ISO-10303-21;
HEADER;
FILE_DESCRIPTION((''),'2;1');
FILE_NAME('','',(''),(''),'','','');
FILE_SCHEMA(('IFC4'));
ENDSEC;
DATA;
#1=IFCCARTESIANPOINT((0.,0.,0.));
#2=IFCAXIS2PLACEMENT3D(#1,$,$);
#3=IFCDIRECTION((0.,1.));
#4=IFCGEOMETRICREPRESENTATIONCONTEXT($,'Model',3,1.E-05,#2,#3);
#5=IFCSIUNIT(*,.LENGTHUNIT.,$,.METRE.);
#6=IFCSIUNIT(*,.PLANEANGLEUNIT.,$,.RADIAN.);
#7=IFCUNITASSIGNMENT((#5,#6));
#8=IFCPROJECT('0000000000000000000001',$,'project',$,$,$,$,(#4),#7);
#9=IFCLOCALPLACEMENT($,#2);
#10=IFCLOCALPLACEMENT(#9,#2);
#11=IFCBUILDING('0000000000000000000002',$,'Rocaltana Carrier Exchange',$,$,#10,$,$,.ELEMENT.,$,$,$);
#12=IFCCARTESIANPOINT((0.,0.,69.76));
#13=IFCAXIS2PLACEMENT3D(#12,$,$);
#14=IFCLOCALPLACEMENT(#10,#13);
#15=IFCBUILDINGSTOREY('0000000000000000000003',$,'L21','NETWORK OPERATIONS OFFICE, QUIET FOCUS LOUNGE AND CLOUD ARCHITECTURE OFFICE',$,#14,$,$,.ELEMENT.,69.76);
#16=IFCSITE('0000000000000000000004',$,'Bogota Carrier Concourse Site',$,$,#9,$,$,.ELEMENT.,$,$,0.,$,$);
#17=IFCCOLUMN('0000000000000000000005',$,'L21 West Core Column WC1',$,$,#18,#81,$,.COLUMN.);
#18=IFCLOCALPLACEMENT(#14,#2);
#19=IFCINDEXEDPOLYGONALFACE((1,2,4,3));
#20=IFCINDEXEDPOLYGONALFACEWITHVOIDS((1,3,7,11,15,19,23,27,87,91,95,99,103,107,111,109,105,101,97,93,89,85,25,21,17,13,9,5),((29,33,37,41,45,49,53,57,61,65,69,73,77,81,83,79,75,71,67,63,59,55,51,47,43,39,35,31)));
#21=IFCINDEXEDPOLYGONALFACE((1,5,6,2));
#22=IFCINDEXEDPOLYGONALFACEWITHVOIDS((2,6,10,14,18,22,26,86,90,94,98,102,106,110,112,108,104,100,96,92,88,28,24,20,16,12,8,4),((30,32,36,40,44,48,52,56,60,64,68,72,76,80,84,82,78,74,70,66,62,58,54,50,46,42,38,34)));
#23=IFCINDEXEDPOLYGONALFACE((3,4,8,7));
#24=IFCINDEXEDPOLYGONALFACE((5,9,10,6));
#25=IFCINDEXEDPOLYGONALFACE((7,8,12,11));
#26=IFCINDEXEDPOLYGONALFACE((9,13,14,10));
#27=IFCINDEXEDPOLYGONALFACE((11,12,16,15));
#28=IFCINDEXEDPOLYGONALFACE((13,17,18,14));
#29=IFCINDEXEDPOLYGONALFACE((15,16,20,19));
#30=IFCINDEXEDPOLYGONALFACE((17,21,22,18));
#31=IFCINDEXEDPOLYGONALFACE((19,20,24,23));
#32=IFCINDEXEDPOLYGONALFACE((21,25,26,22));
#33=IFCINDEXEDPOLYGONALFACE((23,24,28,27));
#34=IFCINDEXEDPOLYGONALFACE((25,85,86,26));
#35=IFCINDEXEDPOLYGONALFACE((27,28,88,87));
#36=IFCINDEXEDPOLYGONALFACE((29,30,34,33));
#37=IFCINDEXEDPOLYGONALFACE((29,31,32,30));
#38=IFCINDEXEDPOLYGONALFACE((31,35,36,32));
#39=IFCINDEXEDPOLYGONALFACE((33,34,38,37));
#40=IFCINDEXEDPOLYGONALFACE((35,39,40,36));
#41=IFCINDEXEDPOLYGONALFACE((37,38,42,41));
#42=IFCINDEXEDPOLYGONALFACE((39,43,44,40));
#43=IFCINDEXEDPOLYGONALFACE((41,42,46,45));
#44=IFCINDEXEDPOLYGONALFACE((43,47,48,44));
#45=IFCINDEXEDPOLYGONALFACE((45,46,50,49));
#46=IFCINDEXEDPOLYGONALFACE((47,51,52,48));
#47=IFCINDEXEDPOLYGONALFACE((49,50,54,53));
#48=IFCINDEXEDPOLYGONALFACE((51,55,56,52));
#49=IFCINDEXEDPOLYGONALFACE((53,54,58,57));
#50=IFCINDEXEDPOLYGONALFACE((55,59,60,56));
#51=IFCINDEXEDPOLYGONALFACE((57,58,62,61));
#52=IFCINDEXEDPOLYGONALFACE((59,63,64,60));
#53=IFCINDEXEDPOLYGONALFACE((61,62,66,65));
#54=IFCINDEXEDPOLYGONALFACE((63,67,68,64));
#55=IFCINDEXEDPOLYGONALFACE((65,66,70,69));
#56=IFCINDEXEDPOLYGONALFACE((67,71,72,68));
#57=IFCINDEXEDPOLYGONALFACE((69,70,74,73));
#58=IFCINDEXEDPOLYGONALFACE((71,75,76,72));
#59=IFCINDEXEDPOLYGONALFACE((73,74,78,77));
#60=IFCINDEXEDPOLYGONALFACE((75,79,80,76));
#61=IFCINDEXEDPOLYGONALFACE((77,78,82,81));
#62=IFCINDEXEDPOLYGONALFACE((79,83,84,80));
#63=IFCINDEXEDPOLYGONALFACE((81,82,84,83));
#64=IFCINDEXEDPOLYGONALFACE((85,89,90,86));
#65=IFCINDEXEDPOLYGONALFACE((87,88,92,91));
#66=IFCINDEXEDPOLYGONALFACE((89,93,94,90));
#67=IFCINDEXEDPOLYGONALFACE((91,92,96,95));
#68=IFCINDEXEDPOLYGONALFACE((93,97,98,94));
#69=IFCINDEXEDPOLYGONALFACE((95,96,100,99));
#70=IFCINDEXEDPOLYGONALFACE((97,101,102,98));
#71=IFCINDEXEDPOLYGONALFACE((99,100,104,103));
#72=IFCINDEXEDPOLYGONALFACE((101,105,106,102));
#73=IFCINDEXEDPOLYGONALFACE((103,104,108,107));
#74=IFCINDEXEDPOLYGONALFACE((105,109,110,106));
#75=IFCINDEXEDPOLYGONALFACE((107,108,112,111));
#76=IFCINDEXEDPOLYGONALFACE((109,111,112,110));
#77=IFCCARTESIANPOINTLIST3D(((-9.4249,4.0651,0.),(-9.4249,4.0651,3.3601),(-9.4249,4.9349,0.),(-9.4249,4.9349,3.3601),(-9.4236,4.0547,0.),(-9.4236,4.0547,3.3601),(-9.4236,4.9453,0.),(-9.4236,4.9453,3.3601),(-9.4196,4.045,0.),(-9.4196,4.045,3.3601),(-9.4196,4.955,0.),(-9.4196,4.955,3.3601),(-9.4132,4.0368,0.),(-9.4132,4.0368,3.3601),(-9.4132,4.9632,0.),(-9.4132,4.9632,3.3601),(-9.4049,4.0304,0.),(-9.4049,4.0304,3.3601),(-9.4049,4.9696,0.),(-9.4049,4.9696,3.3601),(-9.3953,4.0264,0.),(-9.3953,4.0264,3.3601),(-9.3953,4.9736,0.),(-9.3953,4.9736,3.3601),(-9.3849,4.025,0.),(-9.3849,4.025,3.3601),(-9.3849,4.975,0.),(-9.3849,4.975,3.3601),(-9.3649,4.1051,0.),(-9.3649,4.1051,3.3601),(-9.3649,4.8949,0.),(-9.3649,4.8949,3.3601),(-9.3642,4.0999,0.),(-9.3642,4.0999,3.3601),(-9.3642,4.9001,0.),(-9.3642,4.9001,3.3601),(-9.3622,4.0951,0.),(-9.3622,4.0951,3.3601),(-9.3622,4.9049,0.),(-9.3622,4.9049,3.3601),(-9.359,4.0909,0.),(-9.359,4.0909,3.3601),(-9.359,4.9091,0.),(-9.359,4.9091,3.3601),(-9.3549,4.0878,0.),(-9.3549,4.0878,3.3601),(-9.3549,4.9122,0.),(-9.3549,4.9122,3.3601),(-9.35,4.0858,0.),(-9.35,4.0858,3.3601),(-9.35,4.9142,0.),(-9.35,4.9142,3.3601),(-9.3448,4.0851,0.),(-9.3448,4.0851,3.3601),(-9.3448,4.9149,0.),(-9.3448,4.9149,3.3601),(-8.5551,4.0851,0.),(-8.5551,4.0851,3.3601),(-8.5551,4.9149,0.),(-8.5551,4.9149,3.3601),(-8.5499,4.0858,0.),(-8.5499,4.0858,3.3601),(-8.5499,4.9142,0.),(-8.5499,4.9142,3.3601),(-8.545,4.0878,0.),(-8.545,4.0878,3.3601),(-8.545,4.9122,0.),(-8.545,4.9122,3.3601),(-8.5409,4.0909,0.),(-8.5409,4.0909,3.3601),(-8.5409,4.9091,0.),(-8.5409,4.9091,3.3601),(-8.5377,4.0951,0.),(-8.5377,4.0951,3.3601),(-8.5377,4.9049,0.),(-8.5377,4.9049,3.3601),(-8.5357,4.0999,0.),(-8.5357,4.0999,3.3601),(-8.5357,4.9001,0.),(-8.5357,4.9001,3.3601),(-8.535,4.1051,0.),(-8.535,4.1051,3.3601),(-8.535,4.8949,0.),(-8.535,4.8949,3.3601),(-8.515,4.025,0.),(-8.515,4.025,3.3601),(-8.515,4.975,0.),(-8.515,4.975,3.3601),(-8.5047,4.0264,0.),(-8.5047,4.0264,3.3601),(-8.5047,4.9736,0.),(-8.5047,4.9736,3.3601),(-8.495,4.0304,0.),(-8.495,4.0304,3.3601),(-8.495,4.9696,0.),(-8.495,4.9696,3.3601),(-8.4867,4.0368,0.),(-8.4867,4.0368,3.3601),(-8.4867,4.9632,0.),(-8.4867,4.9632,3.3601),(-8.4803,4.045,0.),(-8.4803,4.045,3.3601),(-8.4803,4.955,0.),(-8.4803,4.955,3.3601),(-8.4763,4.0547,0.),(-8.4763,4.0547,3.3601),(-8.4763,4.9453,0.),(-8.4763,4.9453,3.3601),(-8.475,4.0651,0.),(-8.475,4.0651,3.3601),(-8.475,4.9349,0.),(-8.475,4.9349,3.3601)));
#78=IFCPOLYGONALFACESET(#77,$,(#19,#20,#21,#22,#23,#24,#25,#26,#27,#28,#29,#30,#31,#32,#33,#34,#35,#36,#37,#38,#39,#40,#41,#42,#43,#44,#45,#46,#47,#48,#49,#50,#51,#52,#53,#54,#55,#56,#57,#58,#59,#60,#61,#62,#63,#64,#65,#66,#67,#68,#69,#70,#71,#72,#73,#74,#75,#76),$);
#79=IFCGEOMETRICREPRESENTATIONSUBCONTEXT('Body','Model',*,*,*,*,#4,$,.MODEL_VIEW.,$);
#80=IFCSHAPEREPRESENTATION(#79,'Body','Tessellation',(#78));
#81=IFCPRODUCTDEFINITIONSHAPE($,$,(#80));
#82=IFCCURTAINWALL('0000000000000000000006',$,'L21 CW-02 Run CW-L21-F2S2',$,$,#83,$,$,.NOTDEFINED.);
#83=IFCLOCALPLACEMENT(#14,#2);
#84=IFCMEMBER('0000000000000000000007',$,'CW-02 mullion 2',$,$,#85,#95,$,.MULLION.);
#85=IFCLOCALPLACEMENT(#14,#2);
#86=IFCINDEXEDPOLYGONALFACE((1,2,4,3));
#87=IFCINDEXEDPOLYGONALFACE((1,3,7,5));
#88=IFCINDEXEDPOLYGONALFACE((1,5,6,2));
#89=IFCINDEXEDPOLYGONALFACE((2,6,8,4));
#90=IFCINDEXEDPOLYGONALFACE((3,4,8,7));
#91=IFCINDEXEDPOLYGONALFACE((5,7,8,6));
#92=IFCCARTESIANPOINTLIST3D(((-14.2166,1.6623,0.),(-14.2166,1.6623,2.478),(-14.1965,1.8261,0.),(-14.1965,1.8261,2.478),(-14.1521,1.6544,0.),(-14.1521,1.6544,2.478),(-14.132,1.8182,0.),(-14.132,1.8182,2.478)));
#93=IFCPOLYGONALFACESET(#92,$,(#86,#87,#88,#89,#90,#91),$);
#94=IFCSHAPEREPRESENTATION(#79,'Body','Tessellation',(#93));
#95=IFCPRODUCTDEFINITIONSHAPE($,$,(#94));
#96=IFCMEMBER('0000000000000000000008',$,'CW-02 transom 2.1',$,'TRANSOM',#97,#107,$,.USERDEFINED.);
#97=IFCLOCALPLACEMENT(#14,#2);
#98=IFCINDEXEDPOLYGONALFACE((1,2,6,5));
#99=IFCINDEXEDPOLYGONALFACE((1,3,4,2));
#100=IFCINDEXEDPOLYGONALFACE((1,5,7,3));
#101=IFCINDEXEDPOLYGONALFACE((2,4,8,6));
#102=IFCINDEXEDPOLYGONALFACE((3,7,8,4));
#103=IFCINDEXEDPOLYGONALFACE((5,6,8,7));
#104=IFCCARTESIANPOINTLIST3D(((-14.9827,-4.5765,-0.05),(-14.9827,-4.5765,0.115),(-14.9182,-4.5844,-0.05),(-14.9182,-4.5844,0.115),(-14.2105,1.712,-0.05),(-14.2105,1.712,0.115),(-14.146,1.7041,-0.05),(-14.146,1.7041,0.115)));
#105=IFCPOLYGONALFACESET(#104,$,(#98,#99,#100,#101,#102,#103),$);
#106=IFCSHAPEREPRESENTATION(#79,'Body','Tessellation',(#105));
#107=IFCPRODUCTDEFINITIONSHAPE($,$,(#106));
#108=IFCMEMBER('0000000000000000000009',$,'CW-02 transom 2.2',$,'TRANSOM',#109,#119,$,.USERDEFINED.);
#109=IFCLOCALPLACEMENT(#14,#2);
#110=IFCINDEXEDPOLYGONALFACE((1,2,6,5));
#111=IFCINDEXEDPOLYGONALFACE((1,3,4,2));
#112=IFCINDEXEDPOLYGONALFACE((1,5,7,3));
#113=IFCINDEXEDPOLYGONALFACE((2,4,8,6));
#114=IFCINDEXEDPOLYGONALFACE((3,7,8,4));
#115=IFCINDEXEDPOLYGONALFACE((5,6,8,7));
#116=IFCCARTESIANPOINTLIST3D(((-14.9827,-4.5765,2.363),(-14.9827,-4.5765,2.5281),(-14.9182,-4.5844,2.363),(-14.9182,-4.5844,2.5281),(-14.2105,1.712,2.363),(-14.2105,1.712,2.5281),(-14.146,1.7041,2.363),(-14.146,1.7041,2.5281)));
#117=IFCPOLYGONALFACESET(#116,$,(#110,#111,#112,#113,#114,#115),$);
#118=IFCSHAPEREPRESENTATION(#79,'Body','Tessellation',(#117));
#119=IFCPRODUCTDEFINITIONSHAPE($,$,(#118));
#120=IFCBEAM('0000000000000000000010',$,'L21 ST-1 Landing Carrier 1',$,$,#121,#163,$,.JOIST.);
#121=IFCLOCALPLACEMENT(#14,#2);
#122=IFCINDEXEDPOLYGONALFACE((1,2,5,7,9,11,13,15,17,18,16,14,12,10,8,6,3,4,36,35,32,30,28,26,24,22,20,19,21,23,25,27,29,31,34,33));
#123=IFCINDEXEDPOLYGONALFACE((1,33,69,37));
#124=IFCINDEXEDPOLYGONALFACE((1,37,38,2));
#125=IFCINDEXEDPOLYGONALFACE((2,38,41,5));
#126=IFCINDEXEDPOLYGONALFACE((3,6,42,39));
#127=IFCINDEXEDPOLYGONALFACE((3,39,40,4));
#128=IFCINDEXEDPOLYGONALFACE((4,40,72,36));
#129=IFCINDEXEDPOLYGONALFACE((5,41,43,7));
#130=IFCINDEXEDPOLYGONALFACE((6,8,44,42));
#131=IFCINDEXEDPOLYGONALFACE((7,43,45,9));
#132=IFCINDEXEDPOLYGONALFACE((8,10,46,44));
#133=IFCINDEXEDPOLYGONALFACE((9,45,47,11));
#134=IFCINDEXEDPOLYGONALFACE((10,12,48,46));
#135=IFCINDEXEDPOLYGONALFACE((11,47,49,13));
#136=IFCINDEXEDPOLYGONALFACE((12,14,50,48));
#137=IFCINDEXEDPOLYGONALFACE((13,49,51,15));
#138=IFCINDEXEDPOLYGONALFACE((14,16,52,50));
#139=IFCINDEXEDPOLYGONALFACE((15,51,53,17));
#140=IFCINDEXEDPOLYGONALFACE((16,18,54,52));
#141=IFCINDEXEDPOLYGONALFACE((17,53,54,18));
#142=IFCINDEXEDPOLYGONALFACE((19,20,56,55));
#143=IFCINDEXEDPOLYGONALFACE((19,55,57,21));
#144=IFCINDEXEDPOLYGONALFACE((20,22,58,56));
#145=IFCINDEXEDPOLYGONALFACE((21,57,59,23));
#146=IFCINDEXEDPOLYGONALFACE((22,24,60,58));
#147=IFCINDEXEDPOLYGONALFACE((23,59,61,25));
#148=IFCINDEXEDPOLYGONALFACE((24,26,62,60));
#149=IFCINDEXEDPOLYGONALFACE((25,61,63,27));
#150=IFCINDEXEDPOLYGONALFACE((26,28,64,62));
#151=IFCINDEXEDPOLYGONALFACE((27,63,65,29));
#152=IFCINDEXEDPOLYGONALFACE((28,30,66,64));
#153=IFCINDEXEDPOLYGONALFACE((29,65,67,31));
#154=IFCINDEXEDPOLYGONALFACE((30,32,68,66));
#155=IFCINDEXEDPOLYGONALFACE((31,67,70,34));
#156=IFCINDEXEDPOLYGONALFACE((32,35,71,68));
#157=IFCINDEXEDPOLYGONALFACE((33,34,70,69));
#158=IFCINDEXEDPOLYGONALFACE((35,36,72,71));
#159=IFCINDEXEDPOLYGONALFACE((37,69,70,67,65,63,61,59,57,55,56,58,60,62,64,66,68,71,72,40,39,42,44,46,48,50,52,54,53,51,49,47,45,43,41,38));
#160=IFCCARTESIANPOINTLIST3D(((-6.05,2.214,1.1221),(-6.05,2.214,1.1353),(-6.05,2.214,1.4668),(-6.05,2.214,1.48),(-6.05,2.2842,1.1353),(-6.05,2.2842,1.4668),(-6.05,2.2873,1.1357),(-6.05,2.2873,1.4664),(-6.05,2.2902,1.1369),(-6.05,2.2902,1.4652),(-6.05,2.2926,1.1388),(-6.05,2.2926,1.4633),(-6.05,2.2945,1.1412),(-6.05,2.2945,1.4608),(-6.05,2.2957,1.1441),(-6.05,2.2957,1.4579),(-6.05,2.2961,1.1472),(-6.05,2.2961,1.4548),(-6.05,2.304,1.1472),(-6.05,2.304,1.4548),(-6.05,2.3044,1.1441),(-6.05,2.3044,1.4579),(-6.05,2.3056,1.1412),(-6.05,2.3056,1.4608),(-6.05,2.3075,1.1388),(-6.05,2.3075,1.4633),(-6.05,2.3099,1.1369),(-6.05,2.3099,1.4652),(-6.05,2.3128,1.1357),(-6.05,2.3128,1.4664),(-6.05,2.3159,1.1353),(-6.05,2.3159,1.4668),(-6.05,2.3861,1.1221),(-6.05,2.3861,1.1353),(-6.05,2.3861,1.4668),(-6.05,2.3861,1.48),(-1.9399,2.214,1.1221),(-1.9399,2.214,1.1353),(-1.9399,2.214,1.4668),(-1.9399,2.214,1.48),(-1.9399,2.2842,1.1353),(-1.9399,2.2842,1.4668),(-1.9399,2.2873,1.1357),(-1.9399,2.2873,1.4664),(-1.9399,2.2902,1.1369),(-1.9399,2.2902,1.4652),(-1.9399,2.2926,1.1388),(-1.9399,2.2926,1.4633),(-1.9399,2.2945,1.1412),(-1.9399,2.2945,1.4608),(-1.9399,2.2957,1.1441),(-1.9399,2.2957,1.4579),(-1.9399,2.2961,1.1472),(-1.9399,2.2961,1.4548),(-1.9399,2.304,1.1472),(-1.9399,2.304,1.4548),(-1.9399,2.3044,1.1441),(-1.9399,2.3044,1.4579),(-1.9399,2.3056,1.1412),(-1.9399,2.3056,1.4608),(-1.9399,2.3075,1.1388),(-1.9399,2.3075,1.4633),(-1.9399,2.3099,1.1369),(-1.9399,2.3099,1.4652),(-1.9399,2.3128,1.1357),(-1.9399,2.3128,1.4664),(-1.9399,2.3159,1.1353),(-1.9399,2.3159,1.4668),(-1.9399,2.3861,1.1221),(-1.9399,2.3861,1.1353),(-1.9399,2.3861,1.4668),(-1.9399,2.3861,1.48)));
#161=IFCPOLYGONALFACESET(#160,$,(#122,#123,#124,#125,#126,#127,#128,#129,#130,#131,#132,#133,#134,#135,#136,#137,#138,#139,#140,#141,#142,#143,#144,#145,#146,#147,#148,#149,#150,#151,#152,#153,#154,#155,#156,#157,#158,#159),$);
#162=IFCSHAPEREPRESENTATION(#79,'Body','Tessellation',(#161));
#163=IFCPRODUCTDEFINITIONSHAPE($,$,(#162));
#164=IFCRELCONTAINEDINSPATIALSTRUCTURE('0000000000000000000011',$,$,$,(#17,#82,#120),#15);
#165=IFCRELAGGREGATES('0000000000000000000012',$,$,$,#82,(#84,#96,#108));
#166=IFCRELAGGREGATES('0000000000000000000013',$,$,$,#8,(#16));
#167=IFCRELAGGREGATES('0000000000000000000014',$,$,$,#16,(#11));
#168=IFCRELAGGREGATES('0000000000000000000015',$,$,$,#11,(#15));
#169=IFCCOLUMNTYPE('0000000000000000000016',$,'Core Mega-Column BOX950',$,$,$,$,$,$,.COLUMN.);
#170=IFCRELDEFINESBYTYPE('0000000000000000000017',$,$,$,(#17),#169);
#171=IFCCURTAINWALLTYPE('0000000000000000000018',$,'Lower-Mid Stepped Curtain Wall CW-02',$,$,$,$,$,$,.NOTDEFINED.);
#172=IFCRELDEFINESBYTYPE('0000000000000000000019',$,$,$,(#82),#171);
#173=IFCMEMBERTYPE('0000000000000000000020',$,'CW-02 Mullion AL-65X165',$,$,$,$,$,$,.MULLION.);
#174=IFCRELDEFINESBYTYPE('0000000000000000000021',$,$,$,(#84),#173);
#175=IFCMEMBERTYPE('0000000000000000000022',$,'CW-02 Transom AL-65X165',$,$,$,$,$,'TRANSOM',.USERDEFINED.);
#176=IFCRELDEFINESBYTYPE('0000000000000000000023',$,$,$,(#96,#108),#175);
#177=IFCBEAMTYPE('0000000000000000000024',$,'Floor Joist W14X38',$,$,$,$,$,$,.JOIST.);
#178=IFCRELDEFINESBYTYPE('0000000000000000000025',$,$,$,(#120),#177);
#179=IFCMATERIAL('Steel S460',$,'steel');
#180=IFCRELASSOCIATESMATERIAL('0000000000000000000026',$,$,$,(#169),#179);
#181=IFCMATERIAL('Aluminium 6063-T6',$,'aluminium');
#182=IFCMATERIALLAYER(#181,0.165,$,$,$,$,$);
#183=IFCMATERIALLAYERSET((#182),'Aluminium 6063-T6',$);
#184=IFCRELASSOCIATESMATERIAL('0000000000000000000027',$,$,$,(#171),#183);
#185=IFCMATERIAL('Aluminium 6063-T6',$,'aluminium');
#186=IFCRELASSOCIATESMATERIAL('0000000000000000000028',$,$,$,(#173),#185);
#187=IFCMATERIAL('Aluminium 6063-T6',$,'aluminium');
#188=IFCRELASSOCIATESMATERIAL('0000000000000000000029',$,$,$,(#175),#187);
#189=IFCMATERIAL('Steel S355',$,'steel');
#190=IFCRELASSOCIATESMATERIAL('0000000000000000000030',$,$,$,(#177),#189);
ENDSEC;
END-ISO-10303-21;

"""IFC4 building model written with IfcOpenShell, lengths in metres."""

from ifc_helpers import new_model, si_unit, direction, frame, origin, origin_2d, place, context, subcontext, project, spatial, rectangle, hollow_rectangle, i_section, extrude, material, layer, layer_set, material_profile, profile_set, type_object, element, aggregate, save


model = new_model("IFC4")

# Units and contexts
model_context = context("Model", 3, precision=1e-05, world=origin(), true_north=direction((0.0, 1.0)))
body_context = subcontext(model_context, "Body", "Model", "MODEL_VIEW")
ifc_project = project(units=[si_unit("LENGTHUNIT", "METRE"), si_unit("PLANEANGLEUNIT", "RADIAN")], contexts=[model_context])

# Site, building, storey
site_placement = place(None, origin())
site = spatial("IfcSite", under=ifc_project, at=site_placement, Name="Bogota Carrier Concourse Site", CompositionType="ELEMENT", RefElevation=0.0)
building_placement = place(site_placement, origin())
building = spatial("IfcBuilding", under=site, at=building_placement, Name="Rocaltana Carrier Exchange", CompositionType="ELEMENT")
storey_placement = place(building_placement, frame((0.0, 0.0, 69.76)))
storey = spatial("IfcBuildingStorey", under=building, at=storey_placement, Name="L21", Description="NETWORK OPERATIONS OFFICE, QUIET FOCUS LOUNGE AND CLOUD ARCHITECTURE OFFICE", CompositionType="ELEMENT", Elevation=69.76)

# Column
ifc_material_1 = material(Name="Steel S460", Category="steel")
ifc_material_profile_1 = material_profile(ifc_material_1, hollow_rectangle(XDim=0.95, YDim=0.95, WallThickness=0.0601, InnerFilletRadius=0.02, OuterFilletRadius=0.04, at=origin_2d()), Name="BOX950X950X60")
ifc_profile_set_1 = profile_set([ifc_material_profile_1], Name="Steel S460")
column_type = type_object("IfcColumnType", Name="Core Mega-Column BOX950", PredefinedType="COLUMN", material=ifc_profile_set_1)
column_placement = place(storey_placement, frame((-8.95, 4.5, 0.0), z_axis=(0.0, 0.0, 1.0), x_axis=(1.0, 0.0, 0.0)))
element("IfcColumn", 1, at=column_placement, inside=storey, type_object=column_type, Name="L21 West Core Column WC1", PredefinedType="COLUMN", context=body_context, shape_type="SweptSolid", body=[
    extrude(hollow_rectangle(XDim=0.95, YDim=0.95, WallThickness=0.0601, InnerFilletRadius=0.02, OuterFilletRadius=0.04, at=origin_2d()), origin(), (0.0, 0.0, 1.0), 3.3601),
])

# Curtain wall, members
ifc_material_2 = material(Name="Aluminium 6063-T6", Category="aluminium")
ifc_layer_1 = layer(ifc_material_2, 0.165)
ifc_layer_set_1 = layer_set([ifc_layer_1], Name="Aluminium 6063-T6")
curtain_wall_type = type_object("IfcCurtainWallType", Name="Lower-Mid Stepped Curtain Wall CW-02", PredefinedType="NOTDEFINED", material=ifc_layer_set_1)
curtain_wall_placement = place(storey_placement, origin())
curtain_wall = element("IfcCurtainWall", 2, at=curtain_wall_placement, inside=storey, type_object=curtain_wall_type, Name="L21 CW-02 Run CW-L21-F2S2", PredefinedType="NOTDEFINED")
ifc_material_3 = material(Name="Aluminium 6063-T6", Category="aluminium")
ifc_material_profile_2 = material_profile(ifc_material_3, rectangle(XDim=0.0649, YDim=0.165, at=origin_2d()), Name="AL-65X165")
ifc_profile_set_2 = profile_set([ifc_material_profile_2], Name="Aluminium 6063-T6")
member_type_1 = type_object("IfcMemberType", Name="CW-02 Mullion AL-65X165", PredefinedType="MULLION", material=ifc_profile_set_2)
member_1_placement = place(storey_placement, frame((-14.1743, 1.7402, 0.0), z_axis=(0.0, 0.0, 1.0), x_axis=(0.992546, -0.121874, 0.0)))
member_1 = element("IfcMember", 3, at=member_1_placement, type_object=member_type_1, Name="CW-02 mullion 2", PredefinedType="MULLION", context=body_context, shape_type="SweptSolid", body=[
    extrude(rectangle(XDim=0.0649, YDim=0.165, at=origin_2d()), origin(), (0.0, 0.0, 1.0), 2.478),
])
ifc_material_4 = material(Name="Aluminium 6063-T6", Category="aluminium")
ifc_material_profile_3 = material_profile(ifc_material_4, rectangle(XDim=0.0649, YDim=0.165, at=origin_2d()), Name="AL-65X165")
ifc_profile_set_3 = profile_set([ifc_material_profile_3], Name="Aluminium 6063-T6")
member_type_2 = type_object("IfcMemberType", Name="CW-02 Transom AL-65X165", ElementType="TRANSOM", PredefinedType="USERDEFINED", material=ifc_profile_set_3)
member_2_placement = place(storey_placement, frame((-14.1782, 1.708, 0.0325), z_axis=(-0.121881, -0.992545, 0.0), x_axis=(0.992545, -0.121881, 0.0)))
member_2 = element("IfcMember", 4, at=member_2_placement, type_object=member_type_2, Name="CW-02 transom 2.1", ObjectType="TRANSOM", PredefinedType="USERDEFINED", context=body_context, shape_type="SweptSolid", body=[
    extrude(rectangle(XDim=0.0649, YDim=0.165, at=origin_2d()), origin(), (0.0, 0.0, 1.0), 6.3357),
])
member_3_placement = place(storey_placement, frame((-14.1782, 1.708, 2.4456), z_axis=(-0.121881, -0.992545, 0.0), x_axis=(0.992545, -0.121881, 0.0)))
member_3 = element("IfcMember", 5, at=member_3_placement, type_object=member_type_2, Name="CW-02 transom 2.2", ObjectType="TRANSOM", PredefinedType="USERDEFINED", context=body_context, shape_type="SweptSolid", body=[
    extrude(rectangle(XDim=0.0649, YDim=0.165, at=origin_2d()), origin(), (0.0, 0.0, 1.0), 6.3357),
])

# Beam
ifc_material_5 = material(Name="Steel S355", Category="steel")
ifc_material_profile_4 = material_profile(ifc_material_5, i_section(OverallWidth=0.1721, OverallDepth=0.3579, WebThickness=0.0078, FlangeThickness=0.0132, FilletRadius=0.012, at=origin_2d()), Name="W14X38")
ifc_profile_set_4 = profile_set([ifc_material_profile_4], Name="Steel S355")
beam_type_1 = type_object("IfcBeamType", Name="Floor Joist W14X38", PredefinedType="JOIST", material=ifc_profile_set_4)
beam_1_placement = place(storey_placement, frame((-6.05, 2.3, 1.301), z_axis=(1.0, 0.0, 0.0), x_axis=(0.0, 1.0, 0.0)))
element("IfcBeam", 6, at=beam_1_placement, inside=storey, type_object=beam_type_1, Name="L21 ST-1 Landing Carrier 1", PredefinedType="JOIST", context=body_context, shape_type="SweptSolid", body=[
    extrude(i_section(OverallWidth=0.1721, OverallDepth=0.3579, WebThickness=0.0078, FlangeThickness=0.0132, FilletRadius=0.012, at=origin_2d()), origin(), (0.0, 0.0, 1.0), 4.1101),
])

aggregate(curtain_wall, [member_1, member_2, member_3])

save(model, "model.ifc")
